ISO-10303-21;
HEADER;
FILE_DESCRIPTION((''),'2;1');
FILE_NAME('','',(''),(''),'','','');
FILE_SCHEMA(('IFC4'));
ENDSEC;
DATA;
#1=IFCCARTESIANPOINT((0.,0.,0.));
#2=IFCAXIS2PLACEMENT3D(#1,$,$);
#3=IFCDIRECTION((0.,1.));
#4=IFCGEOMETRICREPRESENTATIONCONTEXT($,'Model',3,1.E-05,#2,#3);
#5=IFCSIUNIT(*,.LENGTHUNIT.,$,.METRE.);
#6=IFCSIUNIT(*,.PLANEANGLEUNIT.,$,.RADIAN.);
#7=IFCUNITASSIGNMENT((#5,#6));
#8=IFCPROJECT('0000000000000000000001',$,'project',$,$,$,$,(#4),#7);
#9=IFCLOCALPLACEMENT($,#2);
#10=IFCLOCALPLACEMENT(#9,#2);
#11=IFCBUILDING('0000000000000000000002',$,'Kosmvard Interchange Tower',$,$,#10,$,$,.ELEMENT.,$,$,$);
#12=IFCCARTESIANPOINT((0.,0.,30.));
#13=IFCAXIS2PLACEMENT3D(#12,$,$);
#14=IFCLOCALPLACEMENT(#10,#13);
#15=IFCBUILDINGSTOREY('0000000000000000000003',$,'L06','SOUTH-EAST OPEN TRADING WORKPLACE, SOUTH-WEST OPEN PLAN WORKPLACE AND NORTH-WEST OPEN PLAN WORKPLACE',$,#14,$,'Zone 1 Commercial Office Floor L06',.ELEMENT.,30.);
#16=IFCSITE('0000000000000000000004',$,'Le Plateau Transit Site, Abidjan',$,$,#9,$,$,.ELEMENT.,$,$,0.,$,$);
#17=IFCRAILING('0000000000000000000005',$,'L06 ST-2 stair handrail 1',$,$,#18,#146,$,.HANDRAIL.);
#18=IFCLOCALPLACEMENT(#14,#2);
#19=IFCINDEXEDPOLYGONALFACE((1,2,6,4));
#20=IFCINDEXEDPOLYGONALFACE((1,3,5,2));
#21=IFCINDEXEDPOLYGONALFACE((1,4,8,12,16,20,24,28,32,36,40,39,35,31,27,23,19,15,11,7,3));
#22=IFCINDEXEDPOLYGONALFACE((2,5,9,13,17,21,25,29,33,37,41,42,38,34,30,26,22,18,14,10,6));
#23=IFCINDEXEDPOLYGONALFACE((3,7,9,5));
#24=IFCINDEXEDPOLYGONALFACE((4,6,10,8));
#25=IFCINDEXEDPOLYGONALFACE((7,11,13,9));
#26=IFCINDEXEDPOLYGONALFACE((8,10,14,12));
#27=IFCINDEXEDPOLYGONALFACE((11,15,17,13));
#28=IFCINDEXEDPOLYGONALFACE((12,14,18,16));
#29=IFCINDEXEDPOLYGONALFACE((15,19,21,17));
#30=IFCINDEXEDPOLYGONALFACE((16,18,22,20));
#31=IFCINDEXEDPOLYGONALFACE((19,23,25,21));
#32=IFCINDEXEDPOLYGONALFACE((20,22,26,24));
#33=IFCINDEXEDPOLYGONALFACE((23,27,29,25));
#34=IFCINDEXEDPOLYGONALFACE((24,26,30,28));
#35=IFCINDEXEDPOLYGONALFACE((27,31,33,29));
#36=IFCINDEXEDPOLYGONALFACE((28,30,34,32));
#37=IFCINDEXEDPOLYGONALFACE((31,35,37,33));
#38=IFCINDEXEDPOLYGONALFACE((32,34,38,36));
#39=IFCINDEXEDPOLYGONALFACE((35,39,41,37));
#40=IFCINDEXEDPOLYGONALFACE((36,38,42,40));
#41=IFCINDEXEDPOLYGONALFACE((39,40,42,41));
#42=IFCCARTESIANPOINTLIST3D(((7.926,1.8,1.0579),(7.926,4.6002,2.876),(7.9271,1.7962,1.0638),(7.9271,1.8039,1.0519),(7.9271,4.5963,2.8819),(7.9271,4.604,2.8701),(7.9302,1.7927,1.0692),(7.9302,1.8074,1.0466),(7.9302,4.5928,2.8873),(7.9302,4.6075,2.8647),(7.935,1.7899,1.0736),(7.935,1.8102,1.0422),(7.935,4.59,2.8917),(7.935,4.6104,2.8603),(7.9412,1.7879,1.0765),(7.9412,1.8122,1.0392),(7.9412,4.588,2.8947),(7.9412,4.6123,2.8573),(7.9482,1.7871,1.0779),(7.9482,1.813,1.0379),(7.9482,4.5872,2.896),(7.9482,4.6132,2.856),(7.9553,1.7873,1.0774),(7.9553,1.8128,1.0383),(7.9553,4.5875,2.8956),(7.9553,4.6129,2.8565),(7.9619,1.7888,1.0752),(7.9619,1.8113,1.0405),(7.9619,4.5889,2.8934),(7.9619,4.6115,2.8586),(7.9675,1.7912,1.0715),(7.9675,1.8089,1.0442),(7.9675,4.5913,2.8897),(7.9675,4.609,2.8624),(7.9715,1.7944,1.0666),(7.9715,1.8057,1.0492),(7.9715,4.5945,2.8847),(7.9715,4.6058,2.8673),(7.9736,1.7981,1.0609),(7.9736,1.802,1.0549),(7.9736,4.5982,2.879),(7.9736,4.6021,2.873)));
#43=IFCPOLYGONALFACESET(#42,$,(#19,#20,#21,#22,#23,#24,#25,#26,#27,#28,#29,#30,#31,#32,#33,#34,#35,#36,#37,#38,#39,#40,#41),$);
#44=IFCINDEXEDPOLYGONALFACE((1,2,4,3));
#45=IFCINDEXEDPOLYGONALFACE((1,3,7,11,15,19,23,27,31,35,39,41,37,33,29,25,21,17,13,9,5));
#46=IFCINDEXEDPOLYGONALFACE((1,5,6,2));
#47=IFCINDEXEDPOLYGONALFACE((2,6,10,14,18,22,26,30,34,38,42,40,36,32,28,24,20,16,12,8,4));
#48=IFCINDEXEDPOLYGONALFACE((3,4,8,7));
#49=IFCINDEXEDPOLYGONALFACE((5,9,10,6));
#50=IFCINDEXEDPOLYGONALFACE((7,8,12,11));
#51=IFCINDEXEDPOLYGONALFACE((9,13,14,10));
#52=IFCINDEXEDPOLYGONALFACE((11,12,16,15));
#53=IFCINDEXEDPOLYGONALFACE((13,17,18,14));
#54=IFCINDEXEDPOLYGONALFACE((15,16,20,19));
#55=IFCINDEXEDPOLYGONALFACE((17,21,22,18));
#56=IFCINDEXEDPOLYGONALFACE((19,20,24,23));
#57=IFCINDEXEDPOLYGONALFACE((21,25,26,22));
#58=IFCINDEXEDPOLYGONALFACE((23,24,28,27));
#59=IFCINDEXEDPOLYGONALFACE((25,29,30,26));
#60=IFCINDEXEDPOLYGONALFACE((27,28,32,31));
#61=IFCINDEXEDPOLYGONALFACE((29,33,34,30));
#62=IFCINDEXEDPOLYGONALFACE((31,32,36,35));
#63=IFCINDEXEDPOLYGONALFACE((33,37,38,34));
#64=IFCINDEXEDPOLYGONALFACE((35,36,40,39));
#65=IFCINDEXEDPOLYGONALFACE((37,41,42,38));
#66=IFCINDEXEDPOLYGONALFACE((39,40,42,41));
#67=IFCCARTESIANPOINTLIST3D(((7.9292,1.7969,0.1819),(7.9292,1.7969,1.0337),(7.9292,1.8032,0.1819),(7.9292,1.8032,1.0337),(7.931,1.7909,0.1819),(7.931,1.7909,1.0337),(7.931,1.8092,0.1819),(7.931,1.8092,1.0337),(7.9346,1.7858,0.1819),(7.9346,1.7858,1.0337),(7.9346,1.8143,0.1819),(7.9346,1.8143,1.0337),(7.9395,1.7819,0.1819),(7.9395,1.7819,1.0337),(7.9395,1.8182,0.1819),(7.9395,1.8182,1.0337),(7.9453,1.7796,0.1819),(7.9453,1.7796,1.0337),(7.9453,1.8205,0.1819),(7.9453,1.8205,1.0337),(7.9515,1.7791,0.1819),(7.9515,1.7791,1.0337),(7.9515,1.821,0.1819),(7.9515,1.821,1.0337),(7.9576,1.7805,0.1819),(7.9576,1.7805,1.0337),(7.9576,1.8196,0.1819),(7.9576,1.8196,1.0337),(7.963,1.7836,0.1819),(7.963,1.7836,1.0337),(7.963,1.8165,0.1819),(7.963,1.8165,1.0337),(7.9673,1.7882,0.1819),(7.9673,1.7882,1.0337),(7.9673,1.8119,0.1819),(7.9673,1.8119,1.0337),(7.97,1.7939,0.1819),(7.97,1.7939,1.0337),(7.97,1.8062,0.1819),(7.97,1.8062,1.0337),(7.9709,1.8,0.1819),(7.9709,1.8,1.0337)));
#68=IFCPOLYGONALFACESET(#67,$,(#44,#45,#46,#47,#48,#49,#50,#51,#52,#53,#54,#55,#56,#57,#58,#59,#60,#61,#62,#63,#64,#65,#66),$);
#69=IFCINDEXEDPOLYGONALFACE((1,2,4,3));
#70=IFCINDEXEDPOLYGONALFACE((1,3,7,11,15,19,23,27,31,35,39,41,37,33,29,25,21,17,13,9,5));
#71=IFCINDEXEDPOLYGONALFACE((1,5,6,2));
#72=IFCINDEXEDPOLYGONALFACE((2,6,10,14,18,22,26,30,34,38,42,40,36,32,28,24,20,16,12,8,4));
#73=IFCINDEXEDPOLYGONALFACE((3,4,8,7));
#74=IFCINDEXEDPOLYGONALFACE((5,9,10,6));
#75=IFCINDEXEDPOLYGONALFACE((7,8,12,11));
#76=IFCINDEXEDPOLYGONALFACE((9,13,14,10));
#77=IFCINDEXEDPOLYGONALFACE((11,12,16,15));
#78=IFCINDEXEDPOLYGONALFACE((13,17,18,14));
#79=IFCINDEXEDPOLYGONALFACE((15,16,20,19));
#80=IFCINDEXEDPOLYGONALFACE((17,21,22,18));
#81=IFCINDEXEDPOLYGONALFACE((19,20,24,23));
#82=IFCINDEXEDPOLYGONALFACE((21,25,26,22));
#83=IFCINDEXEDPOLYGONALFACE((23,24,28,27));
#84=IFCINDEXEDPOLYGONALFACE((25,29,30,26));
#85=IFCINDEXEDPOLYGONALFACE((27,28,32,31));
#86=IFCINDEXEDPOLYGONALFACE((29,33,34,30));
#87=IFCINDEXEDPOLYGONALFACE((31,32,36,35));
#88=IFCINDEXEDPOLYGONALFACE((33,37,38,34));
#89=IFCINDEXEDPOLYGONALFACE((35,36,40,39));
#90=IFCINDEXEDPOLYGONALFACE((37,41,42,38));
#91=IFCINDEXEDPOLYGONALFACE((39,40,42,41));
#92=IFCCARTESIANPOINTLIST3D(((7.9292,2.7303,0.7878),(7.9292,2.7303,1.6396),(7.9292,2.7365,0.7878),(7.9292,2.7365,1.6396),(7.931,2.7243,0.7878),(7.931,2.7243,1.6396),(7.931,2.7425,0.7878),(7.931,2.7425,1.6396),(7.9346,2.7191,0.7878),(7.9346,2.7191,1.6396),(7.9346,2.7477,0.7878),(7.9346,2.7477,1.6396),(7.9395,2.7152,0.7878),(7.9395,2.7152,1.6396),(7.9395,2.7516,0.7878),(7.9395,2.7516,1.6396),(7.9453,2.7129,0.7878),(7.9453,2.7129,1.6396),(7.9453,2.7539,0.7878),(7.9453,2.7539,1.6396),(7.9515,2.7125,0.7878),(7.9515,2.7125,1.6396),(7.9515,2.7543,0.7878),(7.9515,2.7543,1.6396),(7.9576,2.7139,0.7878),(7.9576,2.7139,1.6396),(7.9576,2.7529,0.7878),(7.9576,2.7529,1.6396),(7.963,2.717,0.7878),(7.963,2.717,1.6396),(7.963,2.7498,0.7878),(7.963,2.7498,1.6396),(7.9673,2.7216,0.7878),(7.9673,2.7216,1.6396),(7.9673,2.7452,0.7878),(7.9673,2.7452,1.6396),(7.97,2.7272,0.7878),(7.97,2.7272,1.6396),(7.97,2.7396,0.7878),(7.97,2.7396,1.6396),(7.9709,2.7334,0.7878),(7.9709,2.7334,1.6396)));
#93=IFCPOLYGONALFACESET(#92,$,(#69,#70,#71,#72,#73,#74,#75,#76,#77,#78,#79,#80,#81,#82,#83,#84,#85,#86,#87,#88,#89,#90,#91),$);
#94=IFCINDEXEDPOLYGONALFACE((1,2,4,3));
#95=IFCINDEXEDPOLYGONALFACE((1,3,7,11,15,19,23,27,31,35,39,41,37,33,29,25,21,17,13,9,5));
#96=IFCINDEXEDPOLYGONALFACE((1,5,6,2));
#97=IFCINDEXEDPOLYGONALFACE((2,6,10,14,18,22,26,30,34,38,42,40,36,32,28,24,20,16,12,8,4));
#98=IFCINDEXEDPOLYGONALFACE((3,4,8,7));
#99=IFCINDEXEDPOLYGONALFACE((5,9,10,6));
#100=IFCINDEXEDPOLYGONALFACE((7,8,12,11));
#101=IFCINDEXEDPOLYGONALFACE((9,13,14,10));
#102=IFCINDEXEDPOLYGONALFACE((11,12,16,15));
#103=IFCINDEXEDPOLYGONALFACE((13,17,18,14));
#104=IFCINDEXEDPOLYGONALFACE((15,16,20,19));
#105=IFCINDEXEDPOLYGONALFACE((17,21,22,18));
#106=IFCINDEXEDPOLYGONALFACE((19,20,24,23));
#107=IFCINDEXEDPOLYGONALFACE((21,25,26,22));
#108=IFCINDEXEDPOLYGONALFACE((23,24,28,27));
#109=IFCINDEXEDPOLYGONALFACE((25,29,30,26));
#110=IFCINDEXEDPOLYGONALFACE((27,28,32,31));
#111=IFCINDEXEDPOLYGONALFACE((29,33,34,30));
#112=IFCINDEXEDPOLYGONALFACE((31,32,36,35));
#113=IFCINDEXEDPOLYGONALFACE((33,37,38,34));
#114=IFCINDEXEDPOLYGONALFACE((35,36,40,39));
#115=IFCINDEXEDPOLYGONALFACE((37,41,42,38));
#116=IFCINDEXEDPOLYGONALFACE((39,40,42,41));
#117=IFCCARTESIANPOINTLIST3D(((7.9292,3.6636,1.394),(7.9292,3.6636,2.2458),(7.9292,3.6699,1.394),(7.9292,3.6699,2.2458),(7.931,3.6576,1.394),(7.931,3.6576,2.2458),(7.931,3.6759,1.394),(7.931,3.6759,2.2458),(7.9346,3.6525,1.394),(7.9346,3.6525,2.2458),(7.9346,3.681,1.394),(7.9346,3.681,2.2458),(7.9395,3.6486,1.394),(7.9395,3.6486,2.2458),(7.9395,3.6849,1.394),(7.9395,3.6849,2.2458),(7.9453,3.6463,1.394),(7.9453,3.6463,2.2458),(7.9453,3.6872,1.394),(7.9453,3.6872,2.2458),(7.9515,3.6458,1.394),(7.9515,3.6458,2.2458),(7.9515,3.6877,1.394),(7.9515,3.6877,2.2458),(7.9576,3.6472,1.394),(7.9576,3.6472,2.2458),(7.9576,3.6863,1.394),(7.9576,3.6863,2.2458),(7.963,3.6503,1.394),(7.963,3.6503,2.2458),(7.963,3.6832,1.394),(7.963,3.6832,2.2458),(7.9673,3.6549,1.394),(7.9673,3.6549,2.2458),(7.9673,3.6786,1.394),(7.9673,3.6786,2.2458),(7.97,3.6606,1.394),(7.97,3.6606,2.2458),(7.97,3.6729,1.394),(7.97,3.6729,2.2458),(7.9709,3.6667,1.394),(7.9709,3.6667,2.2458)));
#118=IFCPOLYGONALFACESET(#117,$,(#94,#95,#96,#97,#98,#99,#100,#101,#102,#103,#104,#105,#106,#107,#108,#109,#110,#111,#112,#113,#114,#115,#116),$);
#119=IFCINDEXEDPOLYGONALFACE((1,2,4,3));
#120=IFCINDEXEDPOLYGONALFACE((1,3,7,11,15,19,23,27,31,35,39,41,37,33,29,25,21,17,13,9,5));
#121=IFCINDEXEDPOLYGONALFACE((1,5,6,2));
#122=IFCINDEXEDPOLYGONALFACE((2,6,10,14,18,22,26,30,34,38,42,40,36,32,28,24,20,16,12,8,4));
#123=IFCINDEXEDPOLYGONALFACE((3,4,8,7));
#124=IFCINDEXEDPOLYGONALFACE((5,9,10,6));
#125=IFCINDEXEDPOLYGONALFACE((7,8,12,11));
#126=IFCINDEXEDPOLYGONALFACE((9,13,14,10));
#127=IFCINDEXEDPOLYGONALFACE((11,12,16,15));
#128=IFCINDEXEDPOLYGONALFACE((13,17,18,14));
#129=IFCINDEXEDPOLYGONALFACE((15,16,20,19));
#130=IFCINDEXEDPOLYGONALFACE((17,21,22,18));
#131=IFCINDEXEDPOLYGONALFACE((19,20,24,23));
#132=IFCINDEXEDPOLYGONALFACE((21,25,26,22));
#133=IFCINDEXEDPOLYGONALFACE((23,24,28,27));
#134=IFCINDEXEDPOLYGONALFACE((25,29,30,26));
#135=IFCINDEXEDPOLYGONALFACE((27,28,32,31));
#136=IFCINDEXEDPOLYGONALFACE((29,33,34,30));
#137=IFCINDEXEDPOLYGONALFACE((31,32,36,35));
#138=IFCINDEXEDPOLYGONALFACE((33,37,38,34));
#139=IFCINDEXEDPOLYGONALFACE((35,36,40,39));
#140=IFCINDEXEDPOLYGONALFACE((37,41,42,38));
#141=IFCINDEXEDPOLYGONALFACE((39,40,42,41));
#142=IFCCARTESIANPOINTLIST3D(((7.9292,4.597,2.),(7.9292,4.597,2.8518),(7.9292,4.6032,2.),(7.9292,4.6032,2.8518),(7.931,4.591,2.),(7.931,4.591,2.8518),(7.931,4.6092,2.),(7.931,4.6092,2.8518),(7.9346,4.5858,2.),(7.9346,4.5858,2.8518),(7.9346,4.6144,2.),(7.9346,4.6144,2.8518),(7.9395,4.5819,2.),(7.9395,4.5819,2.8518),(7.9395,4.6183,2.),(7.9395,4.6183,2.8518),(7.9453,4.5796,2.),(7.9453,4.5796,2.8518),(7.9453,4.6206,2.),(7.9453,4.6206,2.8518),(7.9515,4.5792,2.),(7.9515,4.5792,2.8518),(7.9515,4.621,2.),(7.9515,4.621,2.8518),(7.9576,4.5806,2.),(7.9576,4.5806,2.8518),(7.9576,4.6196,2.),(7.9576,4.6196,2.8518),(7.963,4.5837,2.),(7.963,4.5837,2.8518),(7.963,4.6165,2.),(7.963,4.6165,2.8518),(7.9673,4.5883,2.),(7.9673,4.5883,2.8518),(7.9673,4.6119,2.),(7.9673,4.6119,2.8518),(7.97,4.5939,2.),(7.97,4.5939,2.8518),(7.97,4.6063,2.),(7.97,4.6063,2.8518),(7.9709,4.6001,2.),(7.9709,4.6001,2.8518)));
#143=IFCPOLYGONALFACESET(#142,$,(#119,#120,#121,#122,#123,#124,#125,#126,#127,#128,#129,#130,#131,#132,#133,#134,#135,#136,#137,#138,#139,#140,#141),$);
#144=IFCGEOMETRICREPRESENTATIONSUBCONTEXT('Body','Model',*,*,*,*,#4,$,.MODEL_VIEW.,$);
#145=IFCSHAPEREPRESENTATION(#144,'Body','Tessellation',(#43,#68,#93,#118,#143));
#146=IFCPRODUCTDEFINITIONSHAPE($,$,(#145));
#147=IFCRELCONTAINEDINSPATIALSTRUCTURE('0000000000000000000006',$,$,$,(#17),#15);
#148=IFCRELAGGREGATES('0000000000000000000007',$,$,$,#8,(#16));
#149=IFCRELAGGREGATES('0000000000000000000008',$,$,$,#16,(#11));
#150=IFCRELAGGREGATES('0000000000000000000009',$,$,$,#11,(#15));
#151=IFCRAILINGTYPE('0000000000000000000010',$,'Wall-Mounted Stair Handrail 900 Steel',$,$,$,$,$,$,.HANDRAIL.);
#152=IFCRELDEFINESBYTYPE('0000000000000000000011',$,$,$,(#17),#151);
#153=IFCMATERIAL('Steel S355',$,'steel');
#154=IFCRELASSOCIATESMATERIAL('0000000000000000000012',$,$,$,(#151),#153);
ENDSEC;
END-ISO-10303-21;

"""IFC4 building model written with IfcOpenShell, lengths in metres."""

from ifc_helpers import new_model, si_unit, direction, frame, origin, origin_2d, place, context, subcontext, project, spatial, circle, extrude, source, transform, mapped, material, type_object, element, save


model = new_model("IFC4")

# Units and contexts
model_context = context("Model", 3, precision=1e-05, world=origin(), true_north=direction((0.0, 1.0)))
body_context = subcontext(model_context, "Body", "Model", "MODEL_VIEW")
ifc_project = project(units=[si_unit("LENGTHUNIT", "METRE"), si_unit("PLANEANGLEUNIT", "RADIAN")], contexts=[model_context])

# Site, building, storey
site_placement = place(None, origin())
site = spatial("IfcSite", under=ifc_project, at=site_placement, Name="Le Plateau Transit Site, Abidjan", CompositionType="ELEMENT", RefElevation=0.0)
building_placement = place(site_placement, origin())
building = spatial("IfcBuilding", under=site, at=building_placement, Name="Kosmvard Interchange Tower", CompositionType="ELEMENT")
storey_placement = place(building_placement, frame((0.0, 0.0, 30.0)))
storey = spatial("IfcBuildingStorey", under=building, at=storey_placement, Name="L06", Description="SOUTH-EAST OPEN TRADING WORKPLACE, SOUTH-WEST OPEN PLAN WORKPLACE AND NORTH-WEST OPEN PLAN WORKPLACE", LongName="Zone 1 Commercial Office Floor L06", CompositionType="ELEMENT", Elevation=30.0)

# Shared definitions
ifc_material_1 = material(Name="Steel S355", Category="steel")

# Railing
railing_type_1 = type_object("IfcRailingType", Name="Wall-Mounted Stair Handrail 900 Steel", PredefinedType="HANDRAIL", material=ifc_material_1)
shared_shape_1 = source(origin(), body_context, "Body", "SweptSolid", [
    extrude(circle(Radius=0.0239, at=origin_2d()), frame((0.0, 0.0, 0.876), z_axis=(0.0, 0.838706, 0.544585), x_axis=(-1.0, 0.0, 0.0)), (0.0, 0.0, 1.0), 3.3386),
    extrude(circle(Radius=0.021, at=origin_2d()), origin(), (0.0, 0.0, 1.0), 0.8518),
    extrude(circle(Radius=0.021, at=origin_2d()), frame((0.0, 0.9333, 0.606)), (0.0, 0.0, 1.0), 0.8518),
    extrude(circle(Radius=0.021, at=origin_2d()), frame((0.0, 1.8667, 1.2122)), (0.0, 0.0, 1.0), 0.8518),
    extrude(circle(Radius=0.021, at=origin_2d()), frame((0.0, 2.8, 1.8181)), (0.0, 0.0, 1.0), 0.8518),
])
railing_1_placement = place(storey_placement, frame((7.95, 1.8, 0.1819)))
element("IfcRailing", 1, at=railing_1_placement, inside=storey, type_object=railing_type_1, Name="L06 ST-2 stair handrail 1", PredefinedType="HANDRAIL", context=body_context, shape_type="MappedRepresentation", body=[
    mapped(shared_shape_1, transform((0.0, 0.0, 0.0), scale=1.0)),
])

save(model, "model.ifc")
